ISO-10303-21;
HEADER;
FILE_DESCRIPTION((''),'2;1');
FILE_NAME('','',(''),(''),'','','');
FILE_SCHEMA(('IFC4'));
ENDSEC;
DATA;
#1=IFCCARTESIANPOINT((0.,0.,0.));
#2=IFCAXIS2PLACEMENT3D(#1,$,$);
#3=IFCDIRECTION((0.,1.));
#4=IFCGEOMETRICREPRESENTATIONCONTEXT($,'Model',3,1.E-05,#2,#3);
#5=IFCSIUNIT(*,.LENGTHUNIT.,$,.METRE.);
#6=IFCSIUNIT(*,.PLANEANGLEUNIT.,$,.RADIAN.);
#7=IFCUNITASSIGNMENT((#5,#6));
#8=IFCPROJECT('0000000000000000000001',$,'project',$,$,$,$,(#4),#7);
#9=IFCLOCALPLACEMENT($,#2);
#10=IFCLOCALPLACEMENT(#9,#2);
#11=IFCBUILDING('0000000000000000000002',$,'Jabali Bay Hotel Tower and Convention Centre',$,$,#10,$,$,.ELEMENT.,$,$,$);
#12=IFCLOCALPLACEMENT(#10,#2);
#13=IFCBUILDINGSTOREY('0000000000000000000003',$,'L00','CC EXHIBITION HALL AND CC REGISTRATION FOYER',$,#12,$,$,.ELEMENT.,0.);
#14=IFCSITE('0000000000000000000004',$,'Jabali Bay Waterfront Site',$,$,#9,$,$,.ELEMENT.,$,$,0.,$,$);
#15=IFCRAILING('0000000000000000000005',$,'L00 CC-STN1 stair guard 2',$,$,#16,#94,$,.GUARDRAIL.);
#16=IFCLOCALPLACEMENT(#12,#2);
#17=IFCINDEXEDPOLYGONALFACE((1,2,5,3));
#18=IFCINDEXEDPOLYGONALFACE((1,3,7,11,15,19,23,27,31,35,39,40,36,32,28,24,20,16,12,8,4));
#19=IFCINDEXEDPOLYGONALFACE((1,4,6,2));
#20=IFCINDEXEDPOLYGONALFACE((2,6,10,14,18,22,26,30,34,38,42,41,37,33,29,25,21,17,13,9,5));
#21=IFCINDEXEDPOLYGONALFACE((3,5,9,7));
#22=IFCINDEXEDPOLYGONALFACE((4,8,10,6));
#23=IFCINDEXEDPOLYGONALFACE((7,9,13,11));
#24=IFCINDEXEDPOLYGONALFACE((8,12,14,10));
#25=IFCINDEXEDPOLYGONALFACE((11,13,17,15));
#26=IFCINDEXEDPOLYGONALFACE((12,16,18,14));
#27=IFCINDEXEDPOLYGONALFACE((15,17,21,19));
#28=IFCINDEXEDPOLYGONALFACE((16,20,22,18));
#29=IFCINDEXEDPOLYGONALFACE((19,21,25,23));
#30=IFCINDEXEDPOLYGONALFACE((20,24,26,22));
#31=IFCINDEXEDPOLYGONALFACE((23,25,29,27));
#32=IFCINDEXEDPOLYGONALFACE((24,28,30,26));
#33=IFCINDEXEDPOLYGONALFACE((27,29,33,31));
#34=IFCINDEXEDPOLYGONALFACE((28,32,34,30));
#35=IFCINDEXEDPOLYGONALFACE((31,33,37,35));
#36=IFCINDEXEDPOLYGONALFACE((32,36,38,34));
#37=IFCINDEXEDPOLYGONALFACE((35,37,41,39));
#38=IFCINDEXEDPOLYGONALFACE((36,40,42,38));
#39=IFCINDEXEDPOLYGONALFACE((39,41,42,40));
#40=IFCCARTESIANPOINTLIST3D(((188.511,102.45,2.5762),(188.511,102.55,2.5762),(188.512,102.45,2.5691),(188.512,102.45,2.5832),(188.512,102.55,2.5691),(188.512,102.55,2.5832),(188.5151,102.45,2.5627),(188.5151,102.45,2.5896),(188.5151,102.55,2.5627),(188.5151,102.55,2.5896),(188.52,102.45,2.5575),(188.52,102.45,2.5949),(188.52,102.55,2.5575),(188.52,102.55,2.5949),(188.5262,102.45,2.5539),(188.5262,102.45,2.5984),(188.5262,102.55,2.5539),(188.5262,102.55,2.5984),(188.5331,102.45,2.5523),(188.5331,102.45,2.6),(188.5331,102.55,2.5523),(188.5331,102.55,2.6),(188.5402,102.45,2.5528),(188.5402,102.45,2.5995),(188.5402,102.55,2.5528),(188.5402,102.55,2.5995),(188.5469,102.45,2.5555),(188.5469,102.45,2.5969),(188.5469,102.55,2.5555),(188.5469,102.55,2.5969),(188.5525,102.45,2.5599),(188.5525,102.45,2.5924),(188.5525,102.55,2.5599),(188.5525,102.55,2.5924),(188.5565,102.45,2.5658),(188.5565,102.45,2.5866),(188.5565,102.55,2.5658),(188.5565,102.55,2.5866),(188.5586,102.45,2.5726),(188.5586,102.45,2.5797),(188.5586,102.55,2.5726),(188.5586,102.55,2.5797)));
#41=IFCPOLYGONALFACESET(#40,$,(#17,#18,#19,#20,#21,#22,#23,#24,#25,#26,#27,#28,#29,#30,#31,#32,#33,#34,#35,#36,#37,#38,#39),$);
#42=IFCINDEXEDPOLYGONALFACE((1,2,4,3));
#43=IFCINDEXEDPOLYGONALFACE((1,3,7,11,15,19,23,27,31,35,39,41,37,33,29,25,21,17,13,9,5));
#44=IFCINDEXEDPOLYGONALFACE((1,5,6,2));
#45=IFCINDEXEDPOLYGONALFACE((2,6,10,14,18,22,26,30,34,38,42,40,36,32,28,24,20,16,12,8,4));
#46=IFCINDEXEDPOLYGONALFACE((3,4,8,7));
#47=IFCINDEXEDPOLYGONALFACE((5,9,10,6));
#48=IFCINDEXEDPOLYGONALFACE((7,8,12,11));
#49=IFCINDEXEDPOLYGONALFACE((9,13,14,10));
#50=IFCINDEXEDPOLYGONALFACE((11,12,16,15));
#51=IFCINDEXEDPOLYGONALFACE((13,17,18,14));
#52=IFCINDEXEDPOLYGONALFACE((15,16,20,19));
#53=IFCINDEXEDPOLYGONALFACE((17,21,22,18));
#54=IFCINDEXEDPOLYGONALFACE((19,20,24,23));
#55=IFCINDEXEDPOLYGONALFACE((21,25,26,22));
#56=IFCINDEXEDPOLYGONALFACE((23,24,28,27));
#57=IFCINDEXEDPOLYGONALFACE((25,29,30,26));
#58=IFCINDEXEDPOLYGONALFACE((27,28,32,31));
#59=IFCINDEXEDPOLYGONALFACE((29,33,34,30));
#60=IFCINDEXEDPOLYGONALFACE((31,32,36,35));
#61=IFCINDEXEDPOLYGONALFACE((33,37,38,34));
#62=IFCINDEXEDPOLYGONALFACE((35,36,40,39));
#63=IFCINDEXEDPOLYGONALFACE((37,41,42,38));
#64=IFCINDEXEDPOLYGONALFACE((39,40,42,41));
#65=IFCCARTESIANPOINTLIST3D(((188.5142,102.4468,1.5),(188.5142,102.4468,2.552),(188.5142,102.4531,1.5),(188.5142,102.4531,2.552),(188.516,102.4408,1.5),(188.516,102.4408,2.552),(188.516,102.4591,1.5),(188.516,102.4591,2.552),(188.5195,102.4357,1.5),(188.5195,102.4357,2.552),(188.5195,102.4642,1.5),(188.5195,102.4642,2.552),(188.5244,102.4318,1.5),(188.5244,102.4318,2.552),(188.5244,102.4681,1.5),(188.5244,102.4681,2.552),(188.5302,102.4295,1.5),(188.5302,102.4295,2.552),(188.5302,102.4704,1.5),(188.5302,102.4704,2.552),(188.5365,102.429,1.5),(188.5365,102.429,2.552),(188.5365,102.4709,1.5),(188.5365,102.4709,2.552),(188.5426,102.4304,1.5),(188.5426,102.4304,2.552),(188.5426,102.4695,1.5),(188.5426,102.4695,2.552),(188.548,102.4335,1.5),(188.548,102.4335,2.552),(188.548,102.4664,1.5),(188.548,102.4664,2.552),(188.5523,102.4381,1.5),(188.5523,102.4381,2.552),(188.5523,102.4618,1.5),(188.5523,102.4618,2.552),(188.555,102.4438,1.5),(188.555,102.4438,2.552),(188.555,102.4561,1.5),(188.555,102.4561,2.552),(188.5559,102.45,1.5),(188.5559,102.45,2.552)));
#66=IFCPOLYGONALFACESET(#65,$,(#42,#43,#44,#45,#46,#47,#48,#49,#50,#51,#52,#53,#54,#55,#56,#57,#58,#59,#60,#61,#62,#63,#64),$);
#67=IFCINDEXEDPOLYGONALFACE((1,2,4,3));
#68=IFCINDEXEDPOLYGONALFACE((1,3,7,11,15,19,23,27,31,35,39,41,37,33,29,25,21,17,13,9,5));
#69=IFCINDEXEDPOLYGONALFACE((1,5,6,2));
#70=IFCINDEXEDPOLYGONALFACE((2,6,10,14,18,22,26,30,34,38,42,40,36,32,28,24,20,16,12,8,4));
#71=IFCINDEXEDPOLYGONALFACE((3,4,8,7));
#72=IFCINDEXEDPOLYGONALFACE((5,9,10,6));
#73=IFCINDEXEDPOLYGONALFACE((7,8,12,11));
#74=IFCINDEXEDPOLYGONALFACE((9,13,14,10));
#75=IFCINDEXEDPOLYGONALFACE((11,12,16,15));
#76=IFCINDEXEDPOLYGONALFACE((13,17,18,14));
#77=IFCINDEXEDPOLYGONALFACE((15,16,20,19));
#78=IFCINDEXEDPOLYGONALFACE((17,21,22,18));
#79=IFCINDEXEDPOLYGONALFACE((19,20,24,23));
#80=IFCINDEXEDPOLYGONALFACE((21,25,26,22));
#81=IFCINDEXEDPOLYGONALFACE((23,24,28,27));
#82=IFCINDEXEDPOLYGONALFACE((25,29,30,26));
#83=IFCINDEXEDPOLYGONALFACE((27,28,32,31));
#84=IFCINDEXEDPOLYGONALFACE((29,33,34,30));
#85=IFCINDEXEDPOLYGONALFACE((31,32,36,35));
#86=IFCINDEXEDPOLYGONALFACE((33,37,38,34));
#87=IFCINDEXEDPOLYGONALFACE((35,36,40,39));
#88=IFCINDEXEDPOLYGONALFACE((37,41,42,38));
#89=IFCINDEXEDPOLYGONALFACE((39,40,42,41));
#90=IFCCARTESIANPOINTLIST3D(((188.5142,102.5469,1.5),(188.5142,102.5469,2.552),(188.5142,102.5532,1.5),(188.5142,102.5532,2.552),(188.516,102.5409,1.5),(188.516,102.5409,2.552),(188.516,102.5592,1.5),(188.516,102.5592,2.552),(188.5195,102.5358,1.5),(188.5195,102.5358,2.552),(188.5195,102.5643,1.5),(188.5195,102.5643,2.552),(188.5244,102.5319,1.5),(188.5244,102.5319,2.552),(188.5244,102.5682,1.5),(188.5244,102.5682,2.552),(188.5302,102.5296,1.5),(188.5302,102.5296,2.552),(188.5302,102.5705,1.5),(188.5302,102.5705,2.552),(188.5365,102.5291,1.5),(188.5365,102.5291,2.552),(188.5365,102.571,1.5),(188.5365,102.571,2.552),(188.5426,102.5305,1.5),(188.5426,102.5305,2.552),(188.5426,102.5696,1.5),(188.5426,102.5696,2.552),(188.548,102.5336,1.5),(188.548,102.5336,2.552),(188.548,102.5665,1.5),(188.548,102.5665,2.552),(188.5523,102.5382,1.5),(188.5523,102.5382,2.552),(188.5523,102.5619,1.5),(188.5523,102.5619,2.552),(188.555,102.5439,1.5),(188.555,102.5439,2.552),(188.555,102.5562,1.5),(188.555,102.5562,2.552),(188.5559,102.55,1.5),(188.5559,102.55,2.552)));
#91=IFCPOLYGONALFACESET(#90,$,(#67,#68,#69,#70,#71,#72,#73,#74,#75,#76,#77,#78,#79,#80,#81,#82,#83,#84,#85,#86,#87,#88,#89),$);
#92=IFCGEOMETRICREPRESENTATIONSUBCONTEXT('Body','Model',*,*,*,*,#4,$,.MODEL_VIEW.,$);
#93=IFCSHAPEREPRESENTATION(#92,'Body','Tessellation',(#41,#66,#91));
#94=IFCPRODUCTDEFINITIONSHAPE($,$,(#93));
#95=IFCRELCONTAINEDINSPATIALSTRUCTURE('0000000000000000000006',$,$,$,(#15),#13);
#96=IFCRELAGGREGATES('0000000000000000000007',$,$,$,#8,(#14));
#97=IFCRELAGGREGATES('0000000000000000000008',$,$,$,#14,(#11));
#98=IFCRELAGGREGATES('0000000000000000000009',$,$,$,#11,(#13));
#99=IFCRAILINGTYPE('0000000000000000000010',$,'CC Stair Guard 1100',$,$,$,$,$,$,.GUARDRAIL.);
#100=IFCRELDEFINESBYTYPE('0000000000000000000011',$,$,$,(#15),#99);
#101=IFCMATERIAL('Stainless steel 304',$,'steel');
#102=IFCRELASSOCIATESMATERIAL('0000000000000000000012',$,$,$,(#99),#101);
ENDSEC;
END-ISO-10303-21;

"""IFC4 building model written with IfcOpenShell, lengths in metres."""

from ifc_helpers import new_model, si_unit, direction, frame, origin, origin_2d, place, context, subcontext, project, spatial, circle, extrude, material, type_object, element, save


model = new_model("IFC4")

# Units and contexts
model_context = context("Model", 3, precision=1e-05, world=origin(), true_north=direction((0.0, 1.0)))
body_context = subcontext(model_context, "Body", "Model", "MODEL_VIEW")
ifc_project = project(units=[si_unit("LENGTHUNIT", "METRE"), si_unit("PLANEANGLEUNIT", "RADIAN")], contexts=[model_context])

# Site, building, storey
site_placement = place(None, origin())
site = spatial("IfcSite", under=ifc_project, at=site_placement, Name="Jabali Bay Waterfront Site", CompositionType="ELEMENT", RefElevation=0.0)
building_placement = place(site_placement, origin())
building = spatial("IfcBuilding", under=site, at=building_placement, Name="Jabali Bay Hotel Tower and Convention Centre", CompositionType="ELEMENT")
storey_placement = place(building_placement, origin())
storey = spatial("IfcBuildingStorey", under=building, at=storey_placement, Name="L00", Description="CC EXHIBITION HALL AND CC REGISTRATION FOYER", CompositionType="ELEMENT", Elevation=0.0)

# Railing
ifc_material_1 = material(Name="Stainless steel 304", Category="steel")
railing_type_1 = type_object("IfcRailingType", Name="CC Stair Guard 1100", PredefinedType="GUARDRAIL", material=ifc_material_1)
railing_1_placement = place(storey_placement, frame((188.5349, 102.45, 1.5)))
element("IfcRailing", 1, at=railing_1_placement, inside=storey, type_object=railing_type_1, Name="L00 CC-STN1 stair guard 2", PredefinedType="GUARDRAIL", context=body_context, shape_type="SweptSolid", body=[
    extrude(circle(Radius=0.0239, at=origin_2d()), frame((0.0, 0.0, 1.0762), z_axis=(0.0, 1.0, 0.0), x_axis=(-1.0, 0.0, 0.0)), (0.0, 0.0, 1.0), 0.1001),
    extrude(circle(Radius=0.021, at=origin_2d()), origin(), (0.0, 0.0, 1.0), 1.052),
    extrude(circle(Radius=0.021, at=origin_2d()), frame((0.0, 0.1001, 0.0)), (0.0, 0.0, 1.0), 1.052),
])

save(model, "model.ifc")
